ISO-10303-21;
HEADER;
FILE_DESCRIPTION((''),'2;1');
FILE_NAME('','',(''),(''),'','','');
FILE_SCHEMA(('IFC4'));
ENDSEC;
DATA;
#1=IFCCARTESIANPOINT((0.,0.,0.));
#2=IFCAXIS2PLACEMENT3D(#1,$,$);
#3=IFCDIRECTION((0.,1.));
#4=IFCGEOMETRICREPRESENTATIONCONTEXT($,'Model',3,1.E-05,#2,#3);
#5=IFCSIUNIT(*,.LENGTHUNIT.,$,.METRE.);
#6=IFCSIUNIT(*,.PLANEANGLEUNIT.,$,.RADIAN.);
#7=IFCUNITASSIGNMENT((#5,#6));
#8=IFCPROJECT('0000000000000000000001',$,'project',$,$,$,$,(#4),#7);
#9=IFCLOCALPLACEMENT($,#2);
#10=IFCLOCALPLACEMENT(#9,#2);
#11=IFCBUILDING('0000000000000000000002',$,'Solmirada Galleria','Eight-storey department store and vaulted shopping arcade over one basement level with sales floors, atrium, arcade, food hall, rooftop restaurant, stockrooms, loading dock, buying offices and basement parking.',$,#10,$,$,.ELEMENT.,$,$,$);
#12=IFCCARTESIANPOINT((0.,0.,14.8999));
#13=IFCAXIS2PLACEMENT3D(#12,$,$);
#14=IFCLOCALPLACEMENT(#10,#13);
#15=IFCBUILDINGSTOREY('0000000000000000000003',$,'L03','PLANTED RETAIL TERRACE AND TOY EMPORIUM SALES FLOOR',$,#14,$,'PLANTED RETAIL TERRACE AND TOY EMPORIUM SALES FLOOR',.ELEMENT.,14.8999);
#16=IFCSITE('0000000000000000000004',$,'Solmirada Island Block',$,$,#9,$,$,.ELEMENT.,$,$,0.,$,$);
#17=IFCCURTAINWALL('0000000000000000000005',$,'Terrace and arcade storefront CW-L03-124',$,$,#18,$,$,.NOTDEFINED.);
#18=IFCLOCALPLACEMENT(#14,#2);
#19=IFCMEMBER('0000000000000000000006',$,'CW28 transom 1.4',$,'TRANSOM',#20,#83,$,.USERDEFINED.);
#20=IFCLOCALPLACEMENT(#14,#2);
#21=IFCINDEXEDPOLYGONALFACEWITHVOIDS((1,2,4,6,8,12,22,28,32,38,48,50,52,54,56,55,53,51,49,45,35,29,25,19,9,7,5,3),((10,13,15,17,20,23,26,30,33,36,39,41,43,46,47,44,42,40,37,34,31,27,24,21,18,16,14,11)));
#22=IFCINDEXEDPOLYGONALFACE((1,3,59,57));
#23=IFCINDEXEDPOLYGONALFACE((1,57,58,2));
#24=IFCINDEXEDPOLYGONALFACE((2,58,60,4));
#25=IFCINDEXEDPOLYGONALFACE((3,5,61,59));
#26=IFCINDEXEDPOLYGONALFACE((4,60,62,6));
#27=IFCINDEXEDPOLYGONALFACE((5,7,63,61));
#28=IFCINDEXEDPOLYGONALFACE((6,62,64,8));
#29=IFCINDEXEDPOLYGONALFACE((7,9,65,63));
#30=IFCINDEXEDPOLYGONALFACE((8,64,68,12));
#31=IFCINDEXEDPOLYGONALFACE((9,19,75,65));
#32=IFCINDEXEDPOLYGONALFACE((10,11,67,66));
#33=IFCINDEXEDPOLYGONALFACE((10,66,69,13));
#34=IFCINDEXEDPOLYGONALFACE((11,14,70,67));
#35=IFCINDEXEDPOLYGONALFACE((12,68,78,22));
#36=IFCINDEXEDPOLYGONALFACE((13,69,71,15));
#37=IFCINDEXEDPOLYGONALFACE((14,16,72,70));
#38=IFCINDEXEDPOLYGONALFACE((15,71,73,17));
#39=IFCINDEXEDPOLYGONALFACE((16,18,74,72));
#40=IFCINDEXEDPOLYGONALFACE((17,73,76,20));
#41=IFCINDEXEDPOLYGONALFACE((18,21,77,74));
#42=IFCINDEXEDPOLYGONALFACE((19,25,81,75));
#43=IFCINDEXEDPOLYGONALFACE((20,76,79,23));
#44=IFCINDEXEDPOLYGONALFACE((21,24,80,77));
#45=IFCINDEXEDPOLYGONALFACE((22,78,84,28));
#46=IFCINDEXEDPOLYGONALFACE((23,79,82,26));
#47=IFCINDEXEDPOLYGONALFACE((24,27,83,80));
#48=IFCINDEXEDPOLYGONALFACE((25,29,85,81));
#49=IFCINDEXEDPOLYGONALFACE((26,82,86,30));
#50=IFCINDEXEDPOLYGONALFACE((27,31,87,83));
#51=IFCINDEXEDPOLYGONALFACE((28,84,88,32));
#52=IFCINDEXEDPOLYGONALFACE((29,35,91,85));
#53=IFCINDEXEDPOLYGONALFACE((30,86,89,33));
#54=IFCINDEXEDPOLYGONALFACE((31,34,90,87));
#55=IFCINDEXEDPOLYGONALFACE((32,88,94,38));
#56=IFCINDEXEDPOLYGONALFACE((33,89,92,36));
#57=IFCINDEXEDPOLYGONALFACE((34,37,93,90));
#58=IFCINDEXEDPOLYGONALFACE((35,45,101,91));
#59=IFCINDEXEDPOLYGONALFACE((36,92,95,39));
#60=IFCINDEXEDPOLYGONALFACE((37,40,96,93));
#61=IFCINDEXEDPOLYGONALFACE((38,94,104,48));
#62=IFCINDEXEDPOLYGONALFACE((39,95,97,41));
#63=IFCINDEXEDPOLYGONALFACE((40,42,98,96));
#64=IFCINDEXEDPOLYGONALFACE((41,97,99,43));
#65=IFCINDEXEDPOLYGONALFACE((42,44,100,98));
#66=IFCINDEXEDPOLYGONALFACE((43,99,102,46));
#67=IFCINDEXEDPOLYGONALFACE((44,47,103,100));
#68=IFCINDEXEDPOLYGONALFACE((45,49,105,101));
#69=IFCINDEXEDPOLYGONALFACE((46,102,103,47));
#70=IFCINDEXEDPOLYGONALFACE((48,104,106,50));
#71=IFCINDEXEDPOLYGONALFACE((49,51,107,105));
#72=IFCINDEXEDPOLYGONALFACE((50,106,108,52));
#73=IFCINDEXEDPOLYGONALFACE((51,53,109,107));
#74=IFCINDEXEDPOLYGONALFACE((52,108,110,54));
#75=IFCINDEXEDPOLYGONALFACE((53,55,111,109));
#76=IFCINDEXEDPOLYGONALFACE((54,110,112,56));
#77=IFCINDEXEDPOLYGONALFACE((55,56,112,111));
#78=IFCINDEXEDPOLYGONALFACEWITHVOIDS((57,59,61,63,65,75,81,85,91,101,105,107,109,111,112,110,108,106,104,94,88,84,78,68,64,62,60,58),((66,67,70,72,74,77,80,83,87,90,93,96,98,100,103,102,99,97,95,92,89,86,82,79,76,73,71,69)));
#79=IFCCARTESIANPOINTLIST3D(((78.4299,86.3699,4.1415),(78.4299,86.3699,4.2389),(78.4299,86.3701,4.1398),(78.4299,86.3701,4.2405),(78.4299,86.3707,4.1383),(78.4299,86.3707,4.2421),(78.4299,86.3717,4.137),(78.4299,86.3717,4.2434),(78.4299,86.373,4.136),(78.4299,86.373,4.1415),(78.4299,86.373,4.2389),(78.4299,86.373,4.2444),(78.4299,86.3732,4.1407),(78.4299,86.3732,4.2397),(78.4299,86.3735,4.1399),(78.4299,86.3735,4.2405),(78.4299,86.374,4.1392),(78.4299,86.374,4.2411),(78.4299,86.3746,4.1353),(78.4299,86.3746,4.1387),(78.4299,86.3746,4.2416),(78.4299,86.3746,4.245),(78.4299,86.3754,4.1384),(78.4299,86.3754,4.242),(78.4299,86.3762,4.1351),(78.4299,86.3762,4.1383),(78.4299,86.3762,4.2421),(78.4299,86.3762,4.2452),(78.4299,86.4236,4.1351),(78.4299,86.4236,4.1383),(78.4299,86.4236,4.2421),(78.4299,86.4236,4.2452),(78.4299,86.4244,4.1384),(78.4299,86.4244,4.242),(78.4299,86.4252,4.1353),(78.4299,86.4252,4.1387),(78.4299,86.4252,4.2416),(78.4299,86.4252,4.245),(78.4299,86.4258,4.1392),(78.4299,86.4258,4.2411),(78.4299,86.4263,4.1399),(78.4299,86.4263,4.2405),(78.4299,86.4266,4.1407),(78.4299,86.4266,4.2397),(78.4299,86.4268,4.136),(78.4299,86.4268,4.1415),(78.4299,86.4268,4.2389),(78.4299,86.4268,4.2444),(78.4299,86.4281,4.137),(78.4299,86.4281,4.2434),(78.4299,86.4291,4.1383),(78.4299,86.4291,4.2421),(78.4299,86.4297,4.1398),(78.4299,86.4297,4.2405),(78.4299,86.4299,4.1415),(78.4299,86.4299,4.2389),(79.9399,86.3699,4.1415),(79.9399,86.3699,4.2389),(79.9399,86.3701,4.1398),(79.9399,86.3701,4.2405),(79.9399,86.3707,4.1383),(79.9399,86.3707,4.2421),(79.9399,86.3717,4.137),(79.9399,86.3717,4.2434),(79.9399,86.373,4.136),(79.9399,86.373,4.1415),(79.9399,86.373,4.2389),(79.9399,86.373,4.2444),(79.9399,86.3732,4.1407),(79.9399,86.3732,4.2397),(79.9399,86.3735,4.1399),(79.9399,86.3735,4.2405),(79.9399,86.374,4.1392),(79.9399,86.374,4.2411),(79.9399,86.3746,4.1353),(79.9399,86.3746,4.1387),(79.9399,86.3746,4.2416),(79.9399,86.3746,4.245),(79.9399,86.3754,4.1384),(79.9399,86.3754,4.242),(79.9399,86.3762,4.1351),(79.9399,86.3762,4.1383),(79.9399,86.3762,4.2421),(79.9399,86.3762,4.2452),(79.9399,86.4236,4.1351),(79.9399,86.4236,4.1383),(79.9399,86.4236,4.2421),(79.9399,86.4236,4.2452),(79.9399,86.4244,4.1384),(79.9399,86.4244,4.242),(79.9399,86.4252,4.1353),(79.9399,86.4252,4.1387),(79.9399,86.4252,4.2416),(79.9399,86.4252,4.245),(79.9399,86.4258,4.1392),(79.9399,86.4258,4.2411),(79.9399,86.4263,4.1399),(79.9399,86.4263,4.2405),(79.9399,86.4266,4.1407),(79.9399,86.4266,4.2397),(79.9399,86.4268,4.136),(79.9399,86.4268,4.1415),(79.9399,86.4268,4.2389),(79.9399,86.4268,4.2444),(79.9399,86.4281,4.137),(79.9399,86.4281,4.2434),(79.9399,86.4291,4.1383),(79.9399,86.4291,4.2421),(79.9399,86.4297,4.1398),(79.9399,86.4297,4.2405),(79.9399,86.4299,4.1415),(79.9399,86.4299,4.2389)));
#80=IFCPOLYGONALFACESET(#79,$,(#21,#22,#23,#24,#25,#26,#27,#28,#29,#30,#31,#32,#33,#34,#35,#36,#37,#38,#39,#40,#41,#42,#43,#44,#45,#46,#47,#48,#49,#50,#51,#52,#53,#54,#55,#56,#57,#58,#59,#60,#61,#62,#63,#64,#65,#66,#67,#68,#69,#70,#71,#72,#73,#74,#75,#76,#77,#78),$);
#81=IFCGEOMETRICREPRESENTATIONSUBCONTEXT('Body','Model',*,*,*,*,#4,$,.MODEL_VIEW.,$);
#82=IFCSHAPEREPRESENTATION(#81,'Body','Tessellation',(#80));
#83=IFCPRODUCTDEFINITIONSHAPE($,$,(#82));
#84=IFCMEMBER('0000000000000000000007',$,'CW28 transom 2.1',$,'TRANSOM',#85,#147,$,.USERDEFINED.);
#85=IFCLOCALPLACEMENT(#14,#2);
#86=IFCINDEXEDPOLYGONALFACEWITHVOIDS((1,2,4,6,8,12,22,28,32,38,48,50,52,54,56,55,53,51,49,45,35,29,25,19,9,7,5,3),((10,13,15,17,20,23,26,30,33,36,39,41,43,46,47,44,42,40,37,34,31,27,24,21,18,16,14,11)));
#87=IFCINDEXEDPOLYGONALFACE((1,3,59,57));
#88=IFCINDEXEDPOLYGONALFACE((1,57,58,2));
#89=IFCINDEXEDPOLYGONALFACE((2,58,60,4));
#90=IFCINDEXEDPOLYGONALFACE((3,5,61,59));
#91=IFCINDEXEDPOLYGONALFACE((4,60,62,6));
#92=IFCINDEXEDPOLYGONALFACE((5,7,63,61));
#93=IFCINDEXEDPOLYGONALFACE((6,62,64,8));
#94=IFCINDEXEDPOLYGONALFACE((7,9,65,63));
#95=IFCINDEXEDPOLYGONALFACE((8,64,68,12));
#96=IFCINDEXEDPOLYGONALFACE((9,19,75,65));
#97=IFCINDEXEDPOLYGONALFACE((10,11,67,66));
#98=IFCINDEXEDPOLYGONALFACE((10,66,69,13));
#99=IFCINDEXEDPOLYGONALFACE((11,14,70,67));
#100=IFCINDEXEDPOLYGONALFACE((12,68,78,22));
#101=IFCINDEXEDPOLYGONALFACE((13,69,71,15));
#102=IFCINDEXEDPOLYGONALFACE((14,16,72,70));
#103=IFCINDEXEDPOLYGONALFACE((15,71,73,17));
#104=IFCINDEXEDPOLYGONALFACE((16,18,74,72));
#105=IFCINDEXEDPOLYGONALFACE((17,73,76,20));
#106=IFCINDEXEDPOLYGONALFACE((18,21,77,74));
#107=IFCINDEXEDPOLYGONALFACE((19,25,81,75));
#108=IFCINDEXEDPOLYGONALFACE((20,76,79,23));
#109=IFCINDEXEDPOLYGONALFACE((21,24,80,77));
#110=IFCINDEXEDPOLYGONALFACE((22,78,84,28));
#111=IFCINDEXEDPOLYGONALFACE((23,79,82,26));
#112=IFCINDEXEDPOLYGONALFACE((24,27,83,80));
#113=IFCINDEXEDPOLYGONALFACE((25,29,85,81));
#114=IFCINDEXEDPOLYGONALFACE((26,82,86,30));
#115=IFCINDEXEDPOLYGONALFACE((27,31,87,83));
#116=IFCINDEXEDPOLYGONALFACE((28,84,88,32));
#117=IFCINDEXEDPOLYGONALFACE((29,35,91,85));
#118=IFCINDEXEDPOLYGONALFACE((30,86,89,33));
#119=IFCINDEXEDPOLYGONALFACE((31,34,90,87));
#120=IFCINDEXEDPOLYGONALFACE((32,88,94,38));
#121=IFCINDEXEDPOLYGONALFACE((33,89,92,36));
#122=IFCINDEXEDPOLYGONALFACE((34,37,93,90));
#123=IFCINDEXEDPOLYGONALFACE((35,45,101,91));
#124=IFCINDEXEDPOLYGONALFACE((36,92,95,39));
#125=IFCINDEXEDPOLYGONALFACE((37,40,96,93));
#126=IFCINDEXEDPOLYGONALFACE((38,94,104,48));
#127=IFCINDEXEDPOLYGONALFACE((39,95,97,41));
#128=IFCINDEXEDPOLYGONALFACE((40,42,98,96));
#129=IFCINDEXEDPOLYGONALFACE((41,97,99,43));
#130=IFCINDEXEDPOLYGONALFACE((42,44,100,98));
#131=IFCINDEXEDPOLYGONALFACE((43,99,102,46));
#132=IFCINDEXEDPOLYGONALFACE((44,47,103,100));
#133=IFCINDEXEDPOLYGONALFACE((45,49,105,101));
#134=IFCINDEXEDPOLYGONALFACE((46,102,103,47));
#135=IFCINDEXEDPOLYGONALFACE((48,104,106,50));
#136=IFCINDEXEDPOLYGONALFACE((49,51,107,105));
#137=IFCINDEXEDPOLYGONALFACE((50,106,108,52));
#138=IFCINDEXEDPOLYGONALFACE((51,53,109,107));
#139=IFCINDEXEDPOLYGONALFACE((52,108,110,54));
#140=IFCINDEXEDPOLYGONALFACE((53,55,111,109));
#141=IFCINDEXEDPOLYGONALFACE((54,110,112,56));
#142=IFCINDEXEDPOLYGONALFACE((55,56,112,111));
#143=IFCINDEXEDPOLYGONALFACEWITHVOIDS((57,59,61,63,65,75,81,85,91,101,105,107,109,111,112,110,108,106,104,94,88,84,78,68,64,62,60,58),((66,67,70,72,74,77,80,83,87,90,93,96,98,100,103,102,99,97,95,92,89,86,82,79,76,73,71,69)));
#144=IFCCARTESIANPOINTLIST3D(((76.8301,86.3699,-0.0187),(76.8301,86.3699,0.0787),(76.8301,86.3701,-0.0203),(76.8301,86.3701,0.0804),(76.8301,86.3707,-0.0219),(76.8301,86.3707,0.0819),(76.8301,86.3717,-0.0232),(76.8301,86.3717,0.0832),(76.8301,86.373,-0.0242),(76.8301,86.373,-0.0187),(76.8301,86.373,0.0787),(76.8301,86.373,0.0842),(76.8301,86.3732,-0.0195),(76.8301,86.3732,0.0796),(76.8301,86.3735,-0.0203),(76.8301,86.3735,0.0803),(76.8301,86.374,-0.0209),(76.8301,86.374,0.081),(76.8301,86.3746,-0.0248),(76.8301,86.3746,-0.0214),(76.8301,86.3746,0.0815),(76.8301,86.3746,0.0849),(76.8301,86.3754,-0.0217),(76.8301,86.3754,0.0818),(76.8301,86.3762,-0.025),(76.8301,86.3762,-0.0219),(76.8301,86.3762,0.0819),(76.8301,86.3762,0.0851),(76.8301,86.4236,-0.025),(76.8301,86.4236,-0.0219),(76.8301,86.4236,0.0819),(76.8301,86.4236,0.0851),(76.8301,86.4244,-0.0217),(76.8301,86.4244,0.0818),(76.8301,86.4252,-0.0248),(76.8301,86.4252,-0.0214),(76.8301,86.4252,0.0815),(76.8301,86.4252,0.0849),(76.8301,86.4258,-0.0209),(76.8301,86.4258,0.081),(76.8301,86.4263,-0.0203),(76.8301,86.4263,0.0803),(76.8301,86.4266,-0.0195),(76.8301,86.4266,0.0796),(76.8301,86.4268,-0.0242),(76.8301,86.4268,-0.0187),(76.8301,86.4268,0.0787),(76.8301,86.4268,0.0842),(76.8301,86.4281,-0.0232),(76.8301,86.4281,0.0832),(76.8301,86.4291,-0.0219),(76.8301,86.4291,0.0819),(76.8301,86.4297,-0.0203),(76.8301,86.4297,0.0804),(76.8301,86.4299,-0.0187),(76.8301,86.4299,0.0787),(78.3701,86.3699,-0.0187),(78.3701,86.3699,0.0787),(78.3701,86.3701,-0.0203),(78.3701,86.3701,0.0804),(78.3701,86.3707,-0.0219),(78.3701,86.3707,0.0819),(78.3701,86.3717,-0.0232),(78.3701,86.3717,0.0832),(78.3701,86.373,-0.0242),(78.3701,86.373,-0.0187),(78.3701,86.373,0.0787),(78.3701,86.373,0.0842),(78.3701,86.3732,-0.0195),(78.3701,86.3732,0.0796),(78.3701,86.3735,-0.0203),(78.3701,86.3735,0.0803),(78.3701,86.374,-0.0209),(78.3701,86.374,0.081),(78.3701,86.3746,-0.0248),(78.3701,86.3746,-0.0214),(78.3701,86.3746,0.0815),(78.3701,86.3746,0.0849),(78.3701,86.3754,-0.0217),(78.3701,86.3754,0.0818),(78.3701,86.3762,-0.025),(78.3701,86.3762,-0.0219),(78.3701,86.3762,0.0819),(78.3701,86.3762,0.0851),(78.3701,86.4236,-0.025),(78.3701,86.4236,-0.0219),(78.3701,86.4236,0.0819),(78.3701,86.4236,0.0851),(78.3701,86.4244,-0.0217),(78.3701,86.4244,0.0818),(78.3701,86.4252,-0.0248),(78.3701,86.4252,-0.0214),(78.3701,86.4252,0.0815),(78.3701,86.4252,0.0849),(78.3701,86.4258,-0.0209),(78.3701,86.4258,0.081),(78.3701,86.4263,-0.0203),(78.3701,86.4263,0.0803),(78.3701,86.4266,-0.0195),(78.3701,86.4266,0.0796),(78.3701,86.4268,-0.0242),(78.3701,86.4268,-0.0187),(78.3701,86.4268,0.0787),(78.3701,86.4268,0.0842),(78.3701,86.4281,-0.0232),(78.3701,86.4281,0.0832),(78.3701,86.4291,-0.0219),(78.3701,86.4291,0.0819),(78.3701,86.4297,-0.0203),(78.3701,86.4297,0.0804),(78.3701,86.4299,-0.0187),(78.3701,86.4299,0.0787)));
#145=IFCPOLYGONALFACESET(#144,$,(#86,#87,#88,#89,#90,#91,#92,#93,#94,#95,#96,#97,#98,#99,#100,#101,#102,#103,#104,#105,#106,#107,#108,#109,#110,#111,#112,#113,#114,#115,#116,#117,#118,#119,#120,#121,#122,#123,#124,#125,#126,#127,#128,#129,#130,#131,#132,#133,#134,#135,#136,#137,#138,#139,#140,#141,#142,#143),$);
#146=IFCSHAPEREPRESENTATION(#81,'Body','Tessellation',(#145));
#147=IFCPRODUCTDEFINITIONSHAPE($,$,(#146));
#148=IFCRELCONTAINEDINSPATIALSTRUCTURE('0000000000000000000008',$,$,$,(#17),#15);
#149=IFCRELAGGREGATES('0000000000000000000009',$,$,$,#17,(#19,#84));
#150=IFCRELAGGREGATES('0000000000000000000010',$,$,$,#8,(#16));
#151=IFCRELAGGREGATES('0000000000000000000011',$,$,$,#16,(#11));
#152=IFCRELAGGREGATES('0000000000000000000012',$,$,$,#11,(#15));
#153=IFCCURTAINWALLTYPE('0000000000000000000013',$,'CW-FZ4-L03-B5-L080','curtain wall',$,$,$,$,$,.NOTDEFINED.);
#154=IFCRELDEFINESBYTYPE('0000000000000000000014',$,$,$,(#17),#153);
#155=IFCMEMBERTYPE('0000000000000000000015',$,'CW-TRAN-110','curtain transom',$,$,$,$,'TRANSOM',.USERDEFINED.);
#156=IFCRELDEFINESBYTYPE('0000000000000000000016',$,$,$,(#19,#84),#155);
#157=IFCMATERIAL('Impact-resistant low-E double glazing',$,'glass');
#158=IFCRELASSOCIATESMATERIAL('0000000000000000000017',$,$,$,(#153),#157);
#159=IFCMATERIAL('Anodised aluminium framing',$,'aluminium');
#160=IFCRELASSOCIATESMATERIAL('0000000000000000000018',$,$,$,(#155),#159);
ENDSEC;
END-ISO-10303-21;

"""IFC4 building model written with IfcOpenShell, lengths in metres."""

from ifc_helpers import new_model, si_unit, direction, frame, origin, origin_2d, place, context, subcontext, project, spatial, hollow_rectangle, extrude, material, material_profile, profile_set, type_object, element, aggregate, save


model = new_model("IFC4")

# Units and contexts
model_context = context("Model", 3, precision=1e-05, world=origin(), true_north=direction((0.0, 1.0)))
body_context = subcontext(model_context, "Body", "Model", "MODEL_VIEW")
ifc_project = project(units=[si_unit("LENGTHUNIT", "METRE"), si_unit("PLANEANGLEUNIT", "RADIAN")], contexts=[model_context])

# Site, building, storey
site_placement = place(None, origin())
site = spatial("IfcSite", under=ifc_project, at=site_placement, Name="Solmirada Island Block", CompositionType="ELEMENT", RefElevation=0.0)
building_placement = place(site_placement, origin())
building = spatial("IfcBuilding", under=site, at=building_placement, Name="Solmirada Galleria", Description="Eight-storey department store and vaulted shopping arcade over one basement level with sales floors, atrium, arcade, food hall, rooftop restaurant, stockrooms, loading dock, buying offices and basement parking.", CompositionType="ELEMENT")
storey_placement = place(building_placement, frame((0.0, 0.0, 14.8999)))
storey = spatial("IfcBuildingStorey", under=building, at=storey_placement, Name="L03", Description="PLANTED RETAIL TERRACE AND TOY EMPORIUM SALES FLOOR", LongName="PLANTED RETAIL TERRACE AND TOY EMPORIUM SALES FLOOR", CompositionType="ELEMENT", Elevation=14.8999)

# Shared definitions
ifc_material_1 = material(Name="Impact-resistant low-E double glazing", Category="glass")
curtain_wall_type = type_object("IfcCurtainWallType", Name="CW-FZ4-L03-B5-L080", Description="curtain wall", PredefinedType="NOTDEFINED", material=ifc_material_1)
ifc_material_2 = material(Name="Anodised aluminium framing", Category="aluminium")

# Curtain wall, members
curtain_wall_1_placement = place(storey_placement, origin())
curtain_wall_1 = element("IfcCurtainWall", 1, at=curtain_wall_1_placement, inside=storey, type_object=curtain_wall_type, Name="Terrace and arcade storefront CW-L03-124", PredefinedType="NOTDEFINED")
ifc_material_profile_1 = material_profile(ifc_material_2, hollow_rectangle(XDim=0.0601, YDim=0.1101, WallThickness=0.0032, InnerFilletRadius=0.0032, OuterFilletRadius=0.0063, at=origin_2d()), Name="ALU-TRAN-110X60")
ifc_profile_set_1 = profile_set([ifc_material_profile_1], Name="Anodised aluminium framing")
member_type_1 = type_object("IfcMemberType", Name="CW-TRAN-110", Description="curtain transom", ElementType="TRANSOM", PredefinedType="USERDEFINED", material=ifc_profile_set_1)
member_1_placement = place(storey_placement, frame((79.9399, 86.3999, 4.1902), z_axis=(-1.0, 0.0, 0.0), x_axis=(0.0, -1.0, 0.0)))
member_1 = element("IfcMember", 2, at=member_1_placement, type_object=member_type_1, Name="CW28 transom 1.4", ObjectType="TRANSOM", PredefinedType="USERDEFINED", context=body_context, shape_type="SweptSolid", body=[
    extrude(hollow_rectangle(XDim=0.0601, YDim=0.1101, WallThickness=0.0032, InnerFilletRadius=0.0032, OuterFilletRadius=0.0063, at=origin_2d()), origin(), (0.0, 0.0, 1.0), 1.51),
])
member_2_placement = place(storey_placement, frame((78.3701, 86.3999, 0.03), z_axis=(-1.0, 0.0, 0.0), x_axis=(0.0, -1.0, 0.0)))
member_2 = element("IfcMember", 3, at=member_2_placement, type_object=member_type_1, Name="CW28 transom 2.1", ObjectType="TRANSOM", PredefinedType="USERDEFINED", context=body_context, shape_type="SweptSolid", body=[
    extrude(hollow_rectangle(XDim=0.0601, YDim=0.1101, WallThickness=0.0032, InnerFilletRadius=0.0032, OuterFilletRadius=0.0063, at=origin_2d()), origin(), (0.0, 0.0, 1.0), 1.54),
])

aggregate(curtain_wall_1, [member_1, member_2])

save(model, "model.ifc")
